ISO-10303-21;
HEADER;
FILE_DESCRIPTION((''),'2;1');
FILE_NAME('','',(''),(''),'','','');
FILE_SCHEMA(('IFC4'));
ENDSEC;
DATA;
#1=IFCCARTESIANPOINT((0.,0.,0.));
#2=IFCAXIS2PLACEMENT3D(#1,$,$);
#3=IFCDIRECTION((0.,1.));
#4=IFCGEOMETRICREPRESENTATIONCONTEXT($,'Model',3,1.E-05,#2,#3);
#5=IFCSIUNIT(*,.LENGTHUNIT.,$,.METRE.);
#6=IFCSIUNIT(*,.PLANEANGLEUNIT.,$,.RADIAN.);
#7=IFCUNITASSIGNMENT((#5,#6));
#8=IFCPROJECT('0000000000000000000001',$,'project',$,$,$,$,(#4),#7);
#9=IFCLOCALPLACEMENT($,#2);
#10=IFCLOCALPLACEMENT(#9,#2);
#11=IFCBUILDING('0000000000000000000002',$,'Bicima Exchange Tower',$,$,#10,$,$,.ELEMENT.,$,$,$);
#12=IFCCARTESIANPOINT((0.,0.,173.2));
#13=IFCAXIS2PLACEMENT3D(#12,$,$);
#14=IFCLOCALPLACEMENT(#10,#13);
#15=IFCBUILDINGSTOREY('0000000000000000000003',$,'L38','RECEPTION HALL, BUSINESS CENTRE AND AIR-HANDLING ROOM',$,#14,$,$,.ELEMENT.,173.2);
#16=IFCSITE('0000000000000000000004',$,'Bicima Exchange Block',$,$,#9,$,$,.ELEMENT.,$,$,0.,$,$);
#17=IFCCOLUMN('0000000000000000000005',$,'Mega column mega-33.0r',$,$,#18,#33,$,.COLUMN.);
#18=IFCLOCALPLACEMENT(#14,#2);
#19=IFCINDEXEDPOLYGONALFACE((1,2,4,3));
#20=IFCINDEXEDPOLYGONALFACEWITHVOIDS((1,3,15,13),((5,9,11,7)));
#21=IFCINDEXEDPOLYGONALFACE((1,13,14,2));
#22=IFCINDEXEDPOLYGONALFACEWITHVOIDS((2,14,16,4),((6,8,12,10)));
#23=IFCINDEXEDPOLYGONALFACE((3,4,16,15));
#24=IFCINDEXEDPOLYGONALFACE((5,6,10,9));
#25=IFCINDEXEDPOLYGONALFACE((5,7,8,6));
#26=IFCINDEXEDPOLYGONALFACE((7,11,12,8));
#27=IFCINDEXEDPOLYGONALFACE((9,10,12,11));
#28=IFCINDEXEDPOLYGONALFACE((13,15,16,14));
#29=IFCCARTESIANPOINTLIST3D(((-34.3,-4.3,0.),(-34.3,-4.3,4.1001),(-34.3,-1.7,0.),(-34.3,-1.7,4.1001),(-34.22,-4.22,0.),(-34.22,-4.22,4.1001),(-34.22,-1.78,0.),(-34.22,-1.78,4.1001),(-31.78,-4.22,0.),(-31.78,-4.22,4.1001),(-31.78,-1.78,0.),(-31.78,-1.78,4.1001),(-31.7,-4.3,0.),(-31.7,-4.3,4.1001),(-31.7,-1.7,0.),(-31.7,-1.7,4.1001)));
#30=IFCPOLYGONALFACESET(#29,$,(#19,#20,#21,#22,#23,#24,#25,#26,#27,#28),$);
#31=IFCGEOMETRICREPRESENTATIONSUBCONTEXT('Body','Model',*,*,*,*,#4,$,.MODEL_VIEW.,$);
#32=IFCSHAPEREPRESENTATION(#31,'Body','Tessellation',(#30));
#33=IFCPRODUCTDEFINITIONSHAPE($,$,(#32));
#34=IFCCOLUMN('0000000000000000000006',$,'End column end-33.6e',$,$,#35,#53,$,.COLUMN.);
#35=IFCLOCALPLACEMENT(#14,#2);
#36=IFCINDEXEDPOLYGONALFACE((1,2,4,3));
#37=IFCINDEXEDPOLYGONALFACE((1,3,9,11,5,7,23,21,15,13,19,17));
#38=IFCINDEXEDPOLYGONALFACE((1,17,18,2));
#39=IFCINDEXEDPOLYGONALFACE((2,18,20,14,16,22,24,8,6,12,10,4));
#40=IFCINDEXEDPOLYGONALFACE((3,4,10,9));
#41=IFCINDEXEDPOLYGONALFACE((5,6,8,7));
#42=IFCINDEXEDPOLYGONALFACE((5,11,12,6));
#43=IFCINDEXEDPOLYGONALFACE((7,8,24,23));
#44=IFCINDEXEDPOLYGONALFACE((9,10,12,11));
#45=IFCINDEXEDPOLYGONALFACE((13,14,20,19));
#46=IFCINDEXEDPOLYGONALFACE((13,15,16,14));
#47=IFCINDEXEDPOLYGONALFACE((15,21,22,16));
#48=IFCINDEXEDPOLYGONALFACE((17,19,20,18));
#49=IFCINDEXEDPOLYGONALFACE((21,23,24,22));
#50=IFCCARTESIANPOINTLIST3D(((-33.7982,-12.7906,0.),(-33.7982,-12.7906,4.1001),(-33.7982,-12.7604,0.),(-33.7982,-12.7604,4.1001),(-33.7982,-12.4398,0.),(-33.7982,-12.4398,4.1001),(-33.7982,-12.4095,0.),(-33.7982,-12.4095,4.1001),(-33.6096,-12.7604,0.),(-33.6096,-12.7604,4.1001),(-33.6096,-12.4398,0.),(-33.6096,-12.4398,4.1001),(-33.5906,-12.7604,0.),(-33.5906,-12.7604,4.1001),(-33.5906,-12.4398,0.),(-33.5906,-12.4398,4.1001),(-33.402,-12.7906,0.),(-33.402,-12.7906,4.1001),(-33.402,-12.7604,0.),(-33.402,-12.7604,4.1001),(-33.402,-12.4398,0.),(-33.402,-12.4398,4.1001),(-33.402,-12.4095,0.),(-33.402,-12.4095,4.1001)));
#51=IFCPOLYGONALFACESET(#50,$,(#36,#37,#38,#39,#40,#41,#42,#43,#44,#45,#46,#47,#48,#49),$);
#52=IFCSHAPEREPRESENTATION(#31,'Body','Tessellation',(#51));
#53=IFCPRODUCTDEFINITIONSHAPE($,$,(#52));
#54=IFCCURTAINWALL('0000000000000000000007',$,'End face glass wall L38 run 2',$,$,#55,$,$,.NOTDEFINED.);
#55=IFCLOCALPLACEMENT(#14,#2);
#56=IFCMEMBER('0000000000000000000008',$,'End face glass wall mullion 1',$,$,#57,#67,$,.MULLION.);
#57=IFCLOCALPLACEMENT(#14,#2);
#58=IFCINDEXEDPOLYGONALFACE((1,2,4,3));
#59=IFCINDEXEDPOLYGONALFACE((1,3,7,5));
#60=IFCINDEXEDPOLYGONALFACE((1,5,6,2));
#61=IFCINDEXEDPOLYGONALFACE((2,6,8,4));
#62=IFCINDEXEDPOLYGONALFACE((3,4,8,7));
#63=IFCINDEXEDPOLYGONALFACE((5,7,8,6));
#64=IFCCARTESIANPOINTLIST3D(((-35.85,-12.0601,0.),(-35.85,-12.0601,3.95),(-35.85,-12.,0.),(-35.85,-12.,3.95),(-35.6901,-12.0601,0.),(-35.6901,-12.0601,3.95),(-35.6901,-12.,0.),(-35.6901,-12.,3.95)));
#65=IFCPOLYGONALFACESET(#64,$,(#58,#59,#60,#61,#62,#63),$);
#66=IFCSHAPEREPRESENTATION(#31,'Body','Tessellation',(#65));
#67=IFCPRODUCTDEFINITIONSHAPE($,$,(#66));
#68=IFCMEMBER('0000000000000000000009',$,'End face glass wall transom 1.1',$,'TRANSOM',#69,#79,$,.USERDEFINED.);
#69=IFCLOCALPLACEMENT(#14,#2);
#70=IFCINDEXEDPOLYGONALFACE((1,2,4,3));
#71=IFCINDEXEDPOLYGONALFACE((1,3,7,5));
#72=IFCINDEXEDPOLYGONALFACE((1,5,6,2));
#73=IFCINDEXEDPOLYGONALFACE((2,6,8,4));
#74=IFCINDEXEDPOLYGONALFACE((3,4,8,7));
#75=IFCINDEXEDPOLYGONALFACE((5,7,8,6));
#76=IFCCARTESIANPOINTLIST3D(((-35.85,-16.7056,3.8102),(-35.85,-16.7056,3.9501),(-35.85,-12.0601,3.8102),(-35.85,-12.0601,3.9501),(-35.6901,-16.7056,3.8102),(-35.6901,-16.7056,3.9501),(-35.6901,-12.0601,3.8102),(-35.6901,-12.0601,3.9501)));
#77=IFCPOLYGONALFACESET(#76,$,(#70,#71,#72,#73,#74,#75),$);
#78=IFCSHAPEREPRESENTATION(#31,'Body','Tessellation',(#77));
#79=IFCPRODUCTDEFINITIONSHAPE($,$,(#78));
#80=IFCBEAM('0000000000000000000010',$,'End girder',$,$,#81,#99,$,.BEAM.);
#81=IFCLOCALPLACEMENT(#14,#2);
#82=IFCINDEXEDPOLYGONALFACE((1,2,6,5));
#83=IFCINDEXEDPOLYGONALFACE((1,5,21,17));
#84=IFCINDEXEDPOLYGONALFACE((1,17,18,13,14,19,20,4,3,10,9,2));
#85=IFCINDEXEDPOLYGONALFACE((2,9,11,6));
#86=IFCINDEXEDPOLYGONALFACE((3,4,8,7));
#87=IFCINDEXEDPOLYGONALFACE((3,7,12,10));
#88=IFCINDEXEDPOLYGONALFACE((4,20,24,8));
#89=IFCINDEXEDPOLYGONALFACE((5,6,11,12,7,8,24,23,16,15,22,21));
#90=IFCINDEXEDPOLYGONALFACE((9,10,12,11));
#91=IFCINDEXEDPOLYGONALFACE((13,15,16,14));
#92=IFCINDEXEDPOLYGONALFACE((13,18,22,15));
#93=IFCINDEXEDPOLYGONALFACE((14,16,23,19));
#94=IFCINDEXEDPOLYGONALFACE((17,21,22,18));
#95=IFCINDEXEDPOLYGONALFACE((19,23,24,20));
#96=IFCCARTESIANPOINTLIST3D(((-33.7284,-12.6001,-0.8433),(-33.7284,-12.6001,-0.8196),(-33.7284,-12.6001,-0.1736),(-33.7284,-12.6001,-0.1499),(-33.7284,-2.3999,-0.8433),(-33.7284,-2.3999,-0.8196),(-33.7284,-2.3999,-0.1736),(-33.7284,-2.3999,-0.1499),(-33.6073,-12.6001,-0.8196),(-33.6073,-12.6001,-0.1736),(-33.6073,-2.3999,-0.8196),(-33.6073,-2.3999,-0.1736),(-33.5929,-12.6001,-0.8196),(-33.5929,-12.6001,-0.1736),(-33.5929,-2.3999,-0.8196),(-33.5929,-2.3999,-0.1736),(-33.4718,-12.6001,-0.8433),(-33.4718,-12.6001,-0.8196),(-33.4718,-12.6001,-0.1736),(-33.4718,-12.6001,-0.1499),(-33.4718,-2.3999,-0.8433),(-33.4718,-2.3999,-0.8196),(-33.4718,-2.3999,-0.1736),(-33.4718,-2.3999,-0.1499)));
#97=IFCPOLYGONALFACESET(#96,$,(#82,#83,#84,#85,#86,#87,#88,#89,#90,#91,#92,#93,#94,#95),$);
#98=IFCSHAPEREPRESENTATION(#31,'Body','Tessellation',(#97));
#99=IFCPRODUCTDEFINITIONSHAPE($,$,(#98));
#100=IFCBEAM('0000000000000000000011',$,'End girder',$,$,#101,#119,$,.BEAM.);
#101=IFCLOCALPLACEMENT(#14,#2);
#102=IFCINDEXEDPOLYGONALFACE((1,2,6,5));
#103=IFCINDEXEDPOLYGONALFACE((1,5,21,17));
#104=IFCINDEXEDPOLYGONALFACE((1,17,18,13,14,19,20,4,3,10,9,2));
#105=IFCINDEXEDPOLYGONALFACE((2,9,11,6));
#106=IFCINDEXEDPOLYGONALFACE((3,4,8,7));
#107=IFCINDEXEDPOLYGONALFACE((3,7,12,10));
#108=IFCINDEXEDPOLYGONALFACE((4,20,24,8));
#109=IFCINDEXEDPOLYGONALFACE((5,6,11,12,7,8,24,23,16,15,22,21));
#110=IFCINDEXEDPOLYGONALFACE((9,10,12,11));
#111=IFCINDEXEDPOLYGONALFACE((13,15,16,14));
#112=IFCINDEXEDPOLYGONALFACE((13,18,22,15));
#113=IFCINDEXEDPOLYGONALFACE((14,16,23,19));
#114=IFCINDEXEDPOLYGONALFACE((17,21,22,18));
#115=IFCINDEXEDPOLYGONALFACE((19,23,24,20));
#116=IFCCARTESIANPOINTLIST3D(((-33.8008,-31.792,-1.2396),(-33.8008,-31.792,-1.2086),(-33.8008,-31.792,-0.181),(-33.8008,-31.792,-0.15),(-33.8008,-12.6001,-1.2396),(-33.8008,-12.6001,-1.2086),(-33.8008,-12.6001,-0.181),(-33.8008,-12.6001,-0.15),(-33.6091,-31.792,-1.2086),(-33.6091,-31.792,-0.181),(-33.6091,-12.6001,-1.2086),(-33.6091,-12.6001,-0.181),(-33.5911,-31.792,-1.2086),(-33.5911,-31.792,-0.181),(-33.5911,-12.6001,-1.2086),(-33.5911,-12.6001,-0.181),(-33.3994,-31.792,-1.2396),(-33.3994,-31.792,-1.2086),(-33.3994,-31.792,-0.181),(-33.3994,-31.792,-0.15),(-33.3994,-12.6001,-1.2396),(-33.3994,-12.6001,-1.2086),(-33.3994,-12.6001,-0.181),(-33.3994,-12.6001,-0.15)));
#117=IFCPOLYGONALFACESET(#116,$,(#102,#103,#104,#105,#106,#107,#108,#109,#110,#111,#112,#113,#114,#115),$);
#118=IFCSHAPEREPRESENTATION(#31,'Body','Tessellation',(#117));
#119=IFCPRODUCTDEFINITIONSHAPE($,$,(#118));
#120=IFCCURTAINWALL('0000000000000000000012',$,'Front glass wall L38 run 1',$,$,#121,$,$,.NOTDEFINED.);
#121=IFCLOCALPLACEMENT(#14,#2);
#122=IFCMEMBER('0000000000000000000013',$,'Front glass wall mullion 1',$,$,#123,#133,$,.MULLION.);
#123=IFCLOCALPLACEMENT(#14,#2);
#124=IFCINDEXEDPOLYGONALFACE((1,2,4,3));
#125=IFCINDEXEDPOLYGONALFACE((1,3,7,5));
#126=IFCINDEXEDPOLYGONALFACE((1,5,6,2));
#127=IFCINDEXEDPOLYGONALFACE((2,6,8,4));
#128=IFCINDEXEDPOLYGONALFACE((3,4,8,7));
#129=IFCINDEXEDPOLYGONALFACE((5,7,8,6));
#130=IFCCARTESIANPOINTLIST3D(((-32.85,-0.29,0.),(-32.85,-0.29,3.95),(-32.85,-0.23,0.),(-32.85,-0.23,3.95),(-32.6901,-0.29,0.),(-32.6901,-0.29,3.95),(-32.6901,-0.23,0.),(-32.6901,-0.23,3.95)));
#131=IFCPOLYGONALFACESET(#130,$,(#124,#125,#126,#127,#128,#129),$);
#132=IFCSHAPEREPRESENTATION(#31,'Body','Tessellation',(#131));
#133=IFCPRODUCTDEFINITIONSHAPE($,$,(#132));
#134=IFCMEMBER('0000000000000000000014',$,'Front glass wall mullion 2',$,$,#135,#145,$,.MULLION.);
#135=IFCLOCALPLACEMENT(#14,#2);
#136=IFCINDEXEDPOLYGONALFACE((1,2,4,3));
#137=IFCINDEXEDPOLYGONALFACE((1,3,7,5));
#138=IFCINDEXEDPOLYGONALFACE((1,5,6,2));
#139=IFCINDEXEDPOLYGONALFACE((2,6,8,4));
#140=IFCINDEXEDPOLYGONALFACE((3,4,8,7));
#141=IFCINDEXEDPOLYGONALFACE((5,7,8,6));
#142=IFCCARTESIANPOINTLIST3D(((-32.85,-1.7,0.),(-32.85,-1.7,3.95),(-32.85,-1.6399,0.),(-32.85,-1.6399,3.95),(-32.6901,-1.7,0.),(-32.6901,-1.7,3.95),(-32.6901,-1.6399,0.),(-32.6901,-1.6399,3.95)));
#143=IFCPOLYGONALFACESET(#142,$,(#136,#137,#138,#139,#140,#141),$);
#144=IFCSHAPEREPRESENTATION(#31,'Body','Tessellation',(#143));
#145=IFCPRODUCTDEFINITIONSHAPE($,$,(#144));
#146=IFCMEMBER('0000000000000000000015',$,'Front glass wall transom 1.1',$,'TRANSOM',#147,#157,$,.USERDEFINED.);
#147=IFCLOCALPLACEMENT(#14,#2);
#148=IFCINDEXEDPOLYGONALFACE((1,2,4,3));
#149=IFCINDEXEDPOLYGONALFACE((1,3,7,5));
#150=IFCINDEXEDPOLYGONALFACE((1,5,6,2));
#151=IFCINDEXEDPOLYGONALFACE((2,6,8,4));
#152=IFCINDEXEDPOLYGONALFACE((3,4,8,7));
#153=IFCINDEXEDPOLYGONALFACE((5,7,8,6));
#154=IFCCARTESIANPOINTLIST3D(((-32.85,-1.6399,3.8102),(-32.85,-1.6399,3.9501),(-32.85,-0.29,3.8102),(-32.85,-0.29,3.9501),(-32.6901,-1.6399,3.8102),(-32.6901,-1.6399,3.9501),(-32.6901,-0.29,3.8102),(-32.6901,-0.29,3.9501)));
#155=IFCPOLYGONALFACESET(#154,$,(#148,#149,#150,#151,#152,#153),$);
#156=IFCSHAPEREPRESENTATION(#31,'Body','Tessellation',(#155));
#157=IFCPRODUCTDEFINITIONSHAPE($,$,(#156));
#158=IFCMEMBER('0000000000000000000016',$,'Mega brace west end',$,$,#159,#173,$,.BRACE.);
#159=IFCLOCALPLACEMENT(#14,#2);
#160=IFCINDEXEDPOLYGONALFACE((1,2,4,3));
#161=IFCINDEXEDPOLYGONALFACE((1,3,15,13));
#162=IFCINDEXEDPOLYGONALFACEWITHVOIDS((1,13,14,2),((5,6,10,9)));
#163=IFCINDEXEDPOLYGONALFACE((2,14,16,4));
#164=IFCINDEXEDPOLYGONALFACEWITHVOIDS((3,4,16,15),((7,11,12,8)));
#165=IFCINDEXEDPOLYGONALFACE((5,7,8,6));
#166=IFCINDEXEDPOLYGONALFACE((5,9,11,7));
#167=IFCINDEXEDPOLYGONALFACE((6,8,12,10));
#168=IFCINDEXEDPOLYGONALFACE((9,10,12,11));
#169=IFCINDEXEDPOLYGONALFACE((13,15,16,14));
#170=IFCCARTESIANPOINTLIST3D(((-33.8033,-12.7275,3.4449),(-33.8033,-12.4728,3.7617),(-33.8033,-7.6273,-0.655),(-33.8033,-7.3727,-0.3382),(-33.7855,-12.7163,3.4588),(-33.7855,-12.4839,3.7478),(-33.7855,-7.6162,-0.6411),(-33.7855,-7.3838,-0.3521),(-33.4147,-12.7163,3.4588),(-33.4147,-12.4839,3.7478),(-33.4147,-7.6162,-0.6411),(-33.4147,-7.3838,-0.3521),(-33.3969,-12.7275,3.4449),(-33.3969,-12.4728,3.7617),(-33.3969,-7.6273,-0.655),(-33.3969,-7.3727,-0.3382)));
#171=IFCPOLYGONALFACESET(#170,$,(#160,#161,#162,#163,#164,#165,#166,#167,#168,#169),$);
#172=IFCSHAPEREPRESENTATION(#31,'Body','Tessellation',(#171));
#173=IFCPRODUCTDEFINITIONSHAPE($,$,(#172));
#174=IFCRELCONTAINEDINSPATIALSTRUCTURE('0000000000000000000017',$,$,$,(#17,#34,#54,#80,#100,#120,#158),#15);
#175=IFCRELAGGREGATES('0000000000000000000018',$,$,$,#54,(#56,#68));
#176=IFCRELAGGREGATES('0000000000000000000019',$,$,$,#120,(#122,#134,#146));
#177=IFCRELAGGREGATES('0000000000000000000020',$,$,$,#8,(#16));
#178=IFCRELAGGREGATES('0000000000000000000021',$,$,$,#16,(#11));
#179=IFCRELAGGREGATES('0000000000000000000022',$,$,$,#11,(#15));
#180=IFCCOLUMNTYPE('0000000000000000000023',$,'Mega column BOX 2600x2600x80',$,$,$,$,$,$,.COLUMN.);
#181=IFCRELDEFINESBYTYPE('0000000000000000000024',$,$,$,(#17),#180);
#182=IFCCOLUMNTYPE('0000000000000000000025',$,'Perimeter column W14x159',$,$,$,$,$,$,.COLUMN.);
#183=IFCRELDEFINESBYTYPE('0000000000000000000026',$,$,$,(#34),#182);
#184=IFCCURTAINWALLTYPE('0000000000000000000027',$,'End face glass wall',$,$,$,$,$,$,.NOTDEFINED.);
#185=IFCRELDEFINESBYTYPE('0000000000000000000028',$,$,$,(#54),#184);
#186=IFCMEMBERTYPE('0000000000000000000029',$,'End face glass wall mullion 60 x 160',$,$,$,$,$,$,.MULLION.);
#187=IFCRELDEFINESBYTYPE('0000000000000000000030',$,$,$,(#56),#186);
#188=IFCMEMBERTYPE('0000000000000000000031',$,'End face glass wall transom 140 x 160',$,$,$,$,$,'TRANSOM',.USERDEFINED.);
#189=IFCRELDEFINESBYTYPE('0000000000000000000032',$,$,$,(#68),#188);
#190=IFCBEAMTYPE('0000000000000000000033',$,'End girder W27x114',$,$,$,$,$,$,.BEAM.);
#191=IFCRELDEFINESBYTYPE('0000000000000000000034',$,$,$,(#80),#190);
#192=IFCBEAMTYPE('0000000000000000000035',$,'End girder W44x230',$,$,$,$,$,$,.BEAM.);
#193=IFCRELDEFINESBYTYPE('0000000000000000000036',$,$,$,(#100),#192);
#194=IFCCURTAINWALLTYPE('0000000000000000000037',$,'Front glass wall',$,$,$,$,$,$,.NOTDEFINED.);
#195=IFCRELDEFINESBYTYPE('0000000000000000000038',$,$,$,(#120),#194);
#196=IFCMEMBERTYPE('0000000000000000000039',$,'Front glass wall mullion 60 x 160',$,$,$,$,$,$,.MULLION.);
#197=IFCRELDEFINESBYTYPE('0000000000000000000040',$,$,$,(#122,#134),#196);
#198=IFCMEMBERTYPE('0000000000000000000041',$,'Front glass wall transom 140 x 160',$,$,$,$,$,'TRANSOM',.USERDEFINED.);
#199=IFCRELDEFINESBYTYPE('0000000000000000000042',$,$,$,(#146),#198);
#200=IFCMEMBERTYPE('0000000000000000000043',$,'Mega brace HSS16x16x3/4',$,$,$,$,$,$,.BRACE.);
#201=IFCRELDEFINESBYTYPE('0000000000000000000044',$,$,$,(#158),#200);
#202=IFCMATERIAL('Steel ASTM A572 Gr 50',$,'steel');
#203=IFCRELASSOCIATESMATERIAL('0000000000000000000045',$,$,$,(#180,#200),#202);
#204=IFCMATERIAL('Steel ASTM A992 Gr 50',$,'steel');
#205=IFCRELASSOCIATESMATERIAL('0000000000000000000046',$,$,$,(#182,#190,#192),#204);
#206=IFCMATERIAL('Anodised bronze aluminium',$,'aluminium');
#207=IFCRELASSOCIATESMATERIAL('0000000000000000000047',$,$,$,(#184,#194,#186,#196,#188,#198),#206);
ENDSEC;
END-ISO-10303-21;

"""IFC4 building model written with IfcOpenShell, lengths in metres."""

from ifc_helpers import new_model, si_unit, direction, frame, origin, origin_2d, place, context, subcontext, project, spatial, rectangle, hollow_rectangle, i_section, extrude, material, material_profile, profile_set, type_object, element, aggregate, save


model = new_model("IFC4")

# Units and contexts
model_context = context("Model", 3, precision=1e-05, world=origin(), true_north=direction((0.0, 1.0)))
body_context = subcontext(model_context, "Body", "Model", "MODEL_VIEW")
ifc_project = project(units=[si_unit("LENGTHUNIT", "METRE"), si_unit("PLANEANGLEUNIT", "RADIAN")], contexts=[model_context])

# Site, building, storey
site_placement = place(None, origin())
site = spatial("IfcSite", under=ifc_project, at=site_placement, Name="Bicima Exchange Block", CompositionType="ELEMENT", RefElevation=0.0)
building_placement = place(site_placement, origin())
building = spatial("IfcBuilding", under=site, at=building_placement, Name="Bicima Exchange Tower", CompositionType="ELEMENT")
storey_placement = place(building_placement, frame((0.0, 0.0, 173.2)))
storey = spatial("IfcBuildingStorey", under=building, at=storey_placement, Name="L38", Description="RECEPTION HALL, BUSINESS CENTRE AND AIR-HANDLING ROOM", CompositionType="ELEMENT", Elevation=173.2)

# Columns
ifc_material_1 = material(Name="Steel ASTM A572 Gr 50", Category="steel")
ifc_material_profile_1 = material_profile(ifc_material_1, hollow_rectangle(XDim=2.6001, YDim=2.6001, WallThickness=0.0801, at=origin_2d()))
ifc_profile_set_1 = profile_set([ifc_material_profile_1], Name="Steel ASTM A572 Gr 50")
column_type_1 = type_object("IfcColumnType", Name="Mega column BOX 2600x2600x80", PredefinedType="COLUMN", material=ifc_profile_set_1)
column_1_placement = place(storey_placement, frame((-33.0, -3.0, 0.0), z_axis=(0.0, 0.0, 1.0), x_axis=(1.0, 0.0, 0.0)))
element("IfcColumn", 1, at=column_1_placement, inside=storey, type_object=column_type_1, Name="Mega column mega-33.0r", PredefinedType="COLUMN", context=body_context, shape_type="SweptSolid", body=[
    extrude(hollow_rectangle(XDim=2.6001, YDim=2.6001, WallThickness=0.0801, at=origin_2d()), origin(), (0.0, 0.0, 1.0), 4.1001),
])
ifc_material_2 = material(Name="Steel ASTM A992 Gr 50", Category="steel")
ifc_material_profile_2 = material_profile(ifc_material_2, i_section(OverallWidth=0.3962, OverallDepth=0.3811, WebThickness=0.019, FlangeThickness=0.0303, at=origin_2d()))
ifc_profile_set_2 = profile_set([ifc_material_profile_2], Name="Steel ASTM A992 Gr 50")
column_type_2 = type_object("IfcColumnType", Name="Perimeter column W14x159", PredefinedType="COLUMN", material=ifc_profile_set_2)
column_2_placement = place(storey_placement, frame((-33.6001, -12.6001, 0.0), z_axis=(0.0, 0.0, 1.0), x_axis=(1.0, 0.0, 0.0)))
element("IfcColumn", 2, at=column_2_placement, inside=storey, type_object=column_type_2, Name="End column end-33.6e", PredefinedType="COLUMN", context=body_context, shape_type="SweptSolid", body=[
    extrude(i_section(OverallWidth=0.3962, OverallDepth=0.3811, WebThickness=0.019, FlangeThickness=0.0303, at=origin_2d()), origin(), (0.0, 0.0, 1.0), 4.1001),
])

# Curtain wall, members
ifc_material_3 = material(Name="Anodised bronze aluminium", Category="aluminium")
curtain_wall_type_1 = type_object("IfcCurtainWallType", Name="End face glass wall", PredefinedType="NOTDEFINED", material=ifc_material_3)
curtain_wall_1_placement = place(storey_placement, origin())
curtain_wall_1 = element("IfcCurtainWall", 3, at=curtain_wall_1_placement, inside=storey, type_object=curtain_wall_type_1, Name="End face glass wall L38 run 2", PredefinedType="NOTDEFINED")
ifc_material_profile_3 = material_profile(ifc_material_3, rectangle(XDim=0.1599, YDim=0.0601, at=origin_2d()))
ifc_profile_set_3 = profile_set([ifc_material_profile_3], Name="Anodised bronze aluminium")
member_type_1 = type_object("IfcMemberType", Name="End face glass wall mullion 60 x 160", PredefinedType="MULLION", material=ifc_profile_set_3)
member_1_placement = place(storey_placement, frame((-35.77, -12.03, 0.0), z_axis=(0.0, 0.0, 1.0), x_axis=(1.0, 0.0, 0.0)))
member_1 = element("IfcMember", 4, at=member_1_placement, type_object=member_type_1, Name="End face glass wall mullion 1", PredefinedType="MULLION", context=body_context, shape_type="SweptSolid", body=[
    extrude(rectangle(XDim=0.1599, YDim=0.0601, at=origin_2d()), origin(), (0.0, 0.0, 1.0), 3.95),
])
ifc_material_profile_4 = material_profile(ifc_material_3, rectangle(XDim=0.1599, YDim=0.1399, at=origin_2d()))
ifc_profile_set_4 = profile_set([ifc_material_profile_4], Name="Anodised bronze aluminium")
member_type_2 = type_object("IfcMemberType", Name="End face glass wall transom 140 x 160", ElementType="TRANSOM", PredefinedType="USERDEFINED", material=ifc_profile_set_4)
member_2_placement = place(storey_placement, frame((-35.77, -12.0601, 3.8801), z_axis=(0.0, -1.0, 0.0), x_axis=(1.0, 0.0, 0.0)))
member_2 = element("IfcMember", 5, at=member_2_placement, type_object=member_type_2, Name="End face glass wall transom 1.1", ObjectType="TRANSOM", PredefinedType="USERDEFINED", context=body_context, shape_type="SweptSolid", body=[
    extrude(rectangle(XDim=0.1599, YDim=0.1399, at=origin_2d()), origin(), (0.0, 0.0, 1.0), 4.6455),
])
aggregate(curtain_wall_1, [member_1, member_2])

# Beams
ifc_material_profile_5 = material_profile(ifc_material_2, i_section(OverallWidth=0.2566, OverallDepth=0.6934, WebThickness=0.0144, FlangeThickness=0.0237, at=origin_2d()))
ifc_profile_set_5 = profile_set([ifc_material_profile_5], Name="Steel ASTM A992 Gr 50")
beam_type_1 = type_object("IfcBeamType", Name="End girder W27x114", PredefinedType="BEAM", material=ifc_profile_set_5)
beam_1_placement = place(storey_placement, frame((-33.6001, -2.3999, -0.4966), z_axis=(0.0, -1.0, 0.0), x_axis=(1.0, 0.0, 0.0)))
element("IfcBeam", 6, at=beam_1_placement, inside=storey, type_object=beam_type_1, Name="End girder", PredefinedType="BEAM", context=body_context, shape_type="SweptSolid", body=[
    extrude(i_section(OverallWidth=0.2566, OverallDepth=0.6934, WebThickness=0.0144, FlangeThickness=0.0237, at=origin_2d()), origin(), (0.0, 0.0, 1.0), 10.2002),
])
ifc_material_profile_6 = material_profile(ifc_material_2, i_section(OverallWidth=0.4014, OverallDepth=1.0896, WebThickness=0.0181, FlangeThickness=0.031, at=origin_2d()))
ifc_profile_set_6 = profile_set([ifc_material_profile_6], Name="Steel ASTM A992 Gr 50")
beam_type_2 = type_object("IfcBeamType", Name="End girder W44x230", PredefinedType="BEAM", material=ifc_profile_set_6)
beam_2_placement = place(storey_placement, frame((-33.6001, -12.6001, -0.6948), z_axis=(0.0, -1.0, 0.0), x_axis=(1.0, 0.0, 0.0)))
element("IfcBeam", 7, at=beam_2_placement, inside=storey, type_object=beam_type_2, Name="End girder", PredefinedType="BEAM", context=body_context, shape_type="SweptSolid", body=[
    extrude(i_section(OverallWidth=0.4014, OverallDepth=1.0896, WebThickness=0.0181, FlangeThickness=0.031, at=origin_2d()), origin(), (0.0, 0.0, 1.0), 19.1919),
])

# Curtain wall, members
curtain_wall_type_2 = type_object("IfcCurtainWallType", Name="Front glass wall", PredefinedType="NOTDEFINED", material=ifc_material_3)
curtain_wall_2_placement = place(storey_placement, origin())
curtain_wall_2 = element("IfcCurtainWall", 8, at=curtain_wall_2_placement, inside=storey, type_object=curtain_wall_type_2, Name="Front glass wall L38 run 1", PredefinedType="NOTDEFINED")
member_type_3 = type_object("IfcMemberType", Name="Front glass wall mullion 60 x 160", PredefinedType="MULLION", material=ifc_profile_set_3)
member_3_placement = place(storey_placement, frame((-32.77, -0.26, 0.0), z_axis=(0.0, 0.0, 1.0), x_axis=(1.0, 0.0, 0.0)))
member_3 = element("IfcMember", 9, at=member_3_placement, type_object=member_type_3, Name="Front glass wall mullion 1", PredefinedType="MULLION", context=body_context, shape_type="SweptSolid", body=[
    extrude(rectangle(XDim=0.1599, YDim=0.0601, at=origin_2d()), origin(), (0.0, 0.0, 1.0), 3.95),
])
member_4_placement = place(storey_placement, frame((-32.77, -1.6699, 0.0), z_axis=(0.0, 0.0, 1.0), x_axis=(1.0, 0.0, 0.0)))
member_4 = element("IfcMember", 10, at=member_4_placement, type_object=member_type_3, Name="Front glass wall mullion 2", PredefinedType="MULLION", context=body_context, shape_type="SweptSolid", body=[
    extrude(rectangle(XDim=0.1599, YDim=0.0601, at=origin_2d()), origin(), (0.0, 0.0, 1.0), 3.95),
])
member_type_4 = type_object("IfcMemberType", Name="Front glass wall transom 140 x 160", ElementType="TRANSOM", PredefinedType="USERDEFINED", material=ifc_profile_set_4)
member_5_placement = place(storey_placement, frame((-32.77, -0.29, 3.8801), z_axis=(0.0, -1.0, 0.0), x_axis=(1.0, 0.0, 0.0)))
member_5 = element("IfcMember", 11, at=member_5_placement, type_object=member_type_4, Name="Front glass wall transom 1.1", ObjectType="TRANSOM", PredefinedType="USERDEFINED", context=body_context, shape_type="SweptSolid", body=[
    extrude(rectangle(XDim=0.1599, YDim=0.1399, at=origin_2d()), origin(), (0.0, 0.0, 1.0), 1.3499),
])

# Member
ifc_material_profile_7 = material_profile(ifc_material_1, hollow_rectangle(XDim=0.4065, YDim=0.4065, WallThickness=0.0178, at=origin_2d()))
ifc_profile_set_7 = profile_set([ifc_material_profile_7], Name="Steel ASTM A572 Gr 50")
member_type_5 = type_object("IfcMemberType", Name="Mega brace HSS16x16x3/4", PredefinedType="BRACE", material=ifc_profile_set_7)
for number, where, z_axis, x_axis, name in (
    (12, (-33.6001, -7.5, -0.4966), (0.0, -0.779392, 0.626536), (1.0, 0.0, 0.0), "Mega brace west end"),
):
    element("IfcMember", number, at=place(storey_placement, frame(where, z_axis=z_axis, x_axis=x_axis)), inside=storey, type_object=member_type_5, Name=name, PredefinedType="BRACE", context=body_context, shape_type="SweptSolid", body=[
        extrude(hollow_rectangle(XDim=0.4065, YDim=0.4065, WallThickness=0.0178, at=origin_2d()), origin(), (0.0, 0.0, 1.0), 6.5437),
    ])

aggregate(curtain_wall_2, [member_3, member_4, member_5])

save(model, "model.ifc")
